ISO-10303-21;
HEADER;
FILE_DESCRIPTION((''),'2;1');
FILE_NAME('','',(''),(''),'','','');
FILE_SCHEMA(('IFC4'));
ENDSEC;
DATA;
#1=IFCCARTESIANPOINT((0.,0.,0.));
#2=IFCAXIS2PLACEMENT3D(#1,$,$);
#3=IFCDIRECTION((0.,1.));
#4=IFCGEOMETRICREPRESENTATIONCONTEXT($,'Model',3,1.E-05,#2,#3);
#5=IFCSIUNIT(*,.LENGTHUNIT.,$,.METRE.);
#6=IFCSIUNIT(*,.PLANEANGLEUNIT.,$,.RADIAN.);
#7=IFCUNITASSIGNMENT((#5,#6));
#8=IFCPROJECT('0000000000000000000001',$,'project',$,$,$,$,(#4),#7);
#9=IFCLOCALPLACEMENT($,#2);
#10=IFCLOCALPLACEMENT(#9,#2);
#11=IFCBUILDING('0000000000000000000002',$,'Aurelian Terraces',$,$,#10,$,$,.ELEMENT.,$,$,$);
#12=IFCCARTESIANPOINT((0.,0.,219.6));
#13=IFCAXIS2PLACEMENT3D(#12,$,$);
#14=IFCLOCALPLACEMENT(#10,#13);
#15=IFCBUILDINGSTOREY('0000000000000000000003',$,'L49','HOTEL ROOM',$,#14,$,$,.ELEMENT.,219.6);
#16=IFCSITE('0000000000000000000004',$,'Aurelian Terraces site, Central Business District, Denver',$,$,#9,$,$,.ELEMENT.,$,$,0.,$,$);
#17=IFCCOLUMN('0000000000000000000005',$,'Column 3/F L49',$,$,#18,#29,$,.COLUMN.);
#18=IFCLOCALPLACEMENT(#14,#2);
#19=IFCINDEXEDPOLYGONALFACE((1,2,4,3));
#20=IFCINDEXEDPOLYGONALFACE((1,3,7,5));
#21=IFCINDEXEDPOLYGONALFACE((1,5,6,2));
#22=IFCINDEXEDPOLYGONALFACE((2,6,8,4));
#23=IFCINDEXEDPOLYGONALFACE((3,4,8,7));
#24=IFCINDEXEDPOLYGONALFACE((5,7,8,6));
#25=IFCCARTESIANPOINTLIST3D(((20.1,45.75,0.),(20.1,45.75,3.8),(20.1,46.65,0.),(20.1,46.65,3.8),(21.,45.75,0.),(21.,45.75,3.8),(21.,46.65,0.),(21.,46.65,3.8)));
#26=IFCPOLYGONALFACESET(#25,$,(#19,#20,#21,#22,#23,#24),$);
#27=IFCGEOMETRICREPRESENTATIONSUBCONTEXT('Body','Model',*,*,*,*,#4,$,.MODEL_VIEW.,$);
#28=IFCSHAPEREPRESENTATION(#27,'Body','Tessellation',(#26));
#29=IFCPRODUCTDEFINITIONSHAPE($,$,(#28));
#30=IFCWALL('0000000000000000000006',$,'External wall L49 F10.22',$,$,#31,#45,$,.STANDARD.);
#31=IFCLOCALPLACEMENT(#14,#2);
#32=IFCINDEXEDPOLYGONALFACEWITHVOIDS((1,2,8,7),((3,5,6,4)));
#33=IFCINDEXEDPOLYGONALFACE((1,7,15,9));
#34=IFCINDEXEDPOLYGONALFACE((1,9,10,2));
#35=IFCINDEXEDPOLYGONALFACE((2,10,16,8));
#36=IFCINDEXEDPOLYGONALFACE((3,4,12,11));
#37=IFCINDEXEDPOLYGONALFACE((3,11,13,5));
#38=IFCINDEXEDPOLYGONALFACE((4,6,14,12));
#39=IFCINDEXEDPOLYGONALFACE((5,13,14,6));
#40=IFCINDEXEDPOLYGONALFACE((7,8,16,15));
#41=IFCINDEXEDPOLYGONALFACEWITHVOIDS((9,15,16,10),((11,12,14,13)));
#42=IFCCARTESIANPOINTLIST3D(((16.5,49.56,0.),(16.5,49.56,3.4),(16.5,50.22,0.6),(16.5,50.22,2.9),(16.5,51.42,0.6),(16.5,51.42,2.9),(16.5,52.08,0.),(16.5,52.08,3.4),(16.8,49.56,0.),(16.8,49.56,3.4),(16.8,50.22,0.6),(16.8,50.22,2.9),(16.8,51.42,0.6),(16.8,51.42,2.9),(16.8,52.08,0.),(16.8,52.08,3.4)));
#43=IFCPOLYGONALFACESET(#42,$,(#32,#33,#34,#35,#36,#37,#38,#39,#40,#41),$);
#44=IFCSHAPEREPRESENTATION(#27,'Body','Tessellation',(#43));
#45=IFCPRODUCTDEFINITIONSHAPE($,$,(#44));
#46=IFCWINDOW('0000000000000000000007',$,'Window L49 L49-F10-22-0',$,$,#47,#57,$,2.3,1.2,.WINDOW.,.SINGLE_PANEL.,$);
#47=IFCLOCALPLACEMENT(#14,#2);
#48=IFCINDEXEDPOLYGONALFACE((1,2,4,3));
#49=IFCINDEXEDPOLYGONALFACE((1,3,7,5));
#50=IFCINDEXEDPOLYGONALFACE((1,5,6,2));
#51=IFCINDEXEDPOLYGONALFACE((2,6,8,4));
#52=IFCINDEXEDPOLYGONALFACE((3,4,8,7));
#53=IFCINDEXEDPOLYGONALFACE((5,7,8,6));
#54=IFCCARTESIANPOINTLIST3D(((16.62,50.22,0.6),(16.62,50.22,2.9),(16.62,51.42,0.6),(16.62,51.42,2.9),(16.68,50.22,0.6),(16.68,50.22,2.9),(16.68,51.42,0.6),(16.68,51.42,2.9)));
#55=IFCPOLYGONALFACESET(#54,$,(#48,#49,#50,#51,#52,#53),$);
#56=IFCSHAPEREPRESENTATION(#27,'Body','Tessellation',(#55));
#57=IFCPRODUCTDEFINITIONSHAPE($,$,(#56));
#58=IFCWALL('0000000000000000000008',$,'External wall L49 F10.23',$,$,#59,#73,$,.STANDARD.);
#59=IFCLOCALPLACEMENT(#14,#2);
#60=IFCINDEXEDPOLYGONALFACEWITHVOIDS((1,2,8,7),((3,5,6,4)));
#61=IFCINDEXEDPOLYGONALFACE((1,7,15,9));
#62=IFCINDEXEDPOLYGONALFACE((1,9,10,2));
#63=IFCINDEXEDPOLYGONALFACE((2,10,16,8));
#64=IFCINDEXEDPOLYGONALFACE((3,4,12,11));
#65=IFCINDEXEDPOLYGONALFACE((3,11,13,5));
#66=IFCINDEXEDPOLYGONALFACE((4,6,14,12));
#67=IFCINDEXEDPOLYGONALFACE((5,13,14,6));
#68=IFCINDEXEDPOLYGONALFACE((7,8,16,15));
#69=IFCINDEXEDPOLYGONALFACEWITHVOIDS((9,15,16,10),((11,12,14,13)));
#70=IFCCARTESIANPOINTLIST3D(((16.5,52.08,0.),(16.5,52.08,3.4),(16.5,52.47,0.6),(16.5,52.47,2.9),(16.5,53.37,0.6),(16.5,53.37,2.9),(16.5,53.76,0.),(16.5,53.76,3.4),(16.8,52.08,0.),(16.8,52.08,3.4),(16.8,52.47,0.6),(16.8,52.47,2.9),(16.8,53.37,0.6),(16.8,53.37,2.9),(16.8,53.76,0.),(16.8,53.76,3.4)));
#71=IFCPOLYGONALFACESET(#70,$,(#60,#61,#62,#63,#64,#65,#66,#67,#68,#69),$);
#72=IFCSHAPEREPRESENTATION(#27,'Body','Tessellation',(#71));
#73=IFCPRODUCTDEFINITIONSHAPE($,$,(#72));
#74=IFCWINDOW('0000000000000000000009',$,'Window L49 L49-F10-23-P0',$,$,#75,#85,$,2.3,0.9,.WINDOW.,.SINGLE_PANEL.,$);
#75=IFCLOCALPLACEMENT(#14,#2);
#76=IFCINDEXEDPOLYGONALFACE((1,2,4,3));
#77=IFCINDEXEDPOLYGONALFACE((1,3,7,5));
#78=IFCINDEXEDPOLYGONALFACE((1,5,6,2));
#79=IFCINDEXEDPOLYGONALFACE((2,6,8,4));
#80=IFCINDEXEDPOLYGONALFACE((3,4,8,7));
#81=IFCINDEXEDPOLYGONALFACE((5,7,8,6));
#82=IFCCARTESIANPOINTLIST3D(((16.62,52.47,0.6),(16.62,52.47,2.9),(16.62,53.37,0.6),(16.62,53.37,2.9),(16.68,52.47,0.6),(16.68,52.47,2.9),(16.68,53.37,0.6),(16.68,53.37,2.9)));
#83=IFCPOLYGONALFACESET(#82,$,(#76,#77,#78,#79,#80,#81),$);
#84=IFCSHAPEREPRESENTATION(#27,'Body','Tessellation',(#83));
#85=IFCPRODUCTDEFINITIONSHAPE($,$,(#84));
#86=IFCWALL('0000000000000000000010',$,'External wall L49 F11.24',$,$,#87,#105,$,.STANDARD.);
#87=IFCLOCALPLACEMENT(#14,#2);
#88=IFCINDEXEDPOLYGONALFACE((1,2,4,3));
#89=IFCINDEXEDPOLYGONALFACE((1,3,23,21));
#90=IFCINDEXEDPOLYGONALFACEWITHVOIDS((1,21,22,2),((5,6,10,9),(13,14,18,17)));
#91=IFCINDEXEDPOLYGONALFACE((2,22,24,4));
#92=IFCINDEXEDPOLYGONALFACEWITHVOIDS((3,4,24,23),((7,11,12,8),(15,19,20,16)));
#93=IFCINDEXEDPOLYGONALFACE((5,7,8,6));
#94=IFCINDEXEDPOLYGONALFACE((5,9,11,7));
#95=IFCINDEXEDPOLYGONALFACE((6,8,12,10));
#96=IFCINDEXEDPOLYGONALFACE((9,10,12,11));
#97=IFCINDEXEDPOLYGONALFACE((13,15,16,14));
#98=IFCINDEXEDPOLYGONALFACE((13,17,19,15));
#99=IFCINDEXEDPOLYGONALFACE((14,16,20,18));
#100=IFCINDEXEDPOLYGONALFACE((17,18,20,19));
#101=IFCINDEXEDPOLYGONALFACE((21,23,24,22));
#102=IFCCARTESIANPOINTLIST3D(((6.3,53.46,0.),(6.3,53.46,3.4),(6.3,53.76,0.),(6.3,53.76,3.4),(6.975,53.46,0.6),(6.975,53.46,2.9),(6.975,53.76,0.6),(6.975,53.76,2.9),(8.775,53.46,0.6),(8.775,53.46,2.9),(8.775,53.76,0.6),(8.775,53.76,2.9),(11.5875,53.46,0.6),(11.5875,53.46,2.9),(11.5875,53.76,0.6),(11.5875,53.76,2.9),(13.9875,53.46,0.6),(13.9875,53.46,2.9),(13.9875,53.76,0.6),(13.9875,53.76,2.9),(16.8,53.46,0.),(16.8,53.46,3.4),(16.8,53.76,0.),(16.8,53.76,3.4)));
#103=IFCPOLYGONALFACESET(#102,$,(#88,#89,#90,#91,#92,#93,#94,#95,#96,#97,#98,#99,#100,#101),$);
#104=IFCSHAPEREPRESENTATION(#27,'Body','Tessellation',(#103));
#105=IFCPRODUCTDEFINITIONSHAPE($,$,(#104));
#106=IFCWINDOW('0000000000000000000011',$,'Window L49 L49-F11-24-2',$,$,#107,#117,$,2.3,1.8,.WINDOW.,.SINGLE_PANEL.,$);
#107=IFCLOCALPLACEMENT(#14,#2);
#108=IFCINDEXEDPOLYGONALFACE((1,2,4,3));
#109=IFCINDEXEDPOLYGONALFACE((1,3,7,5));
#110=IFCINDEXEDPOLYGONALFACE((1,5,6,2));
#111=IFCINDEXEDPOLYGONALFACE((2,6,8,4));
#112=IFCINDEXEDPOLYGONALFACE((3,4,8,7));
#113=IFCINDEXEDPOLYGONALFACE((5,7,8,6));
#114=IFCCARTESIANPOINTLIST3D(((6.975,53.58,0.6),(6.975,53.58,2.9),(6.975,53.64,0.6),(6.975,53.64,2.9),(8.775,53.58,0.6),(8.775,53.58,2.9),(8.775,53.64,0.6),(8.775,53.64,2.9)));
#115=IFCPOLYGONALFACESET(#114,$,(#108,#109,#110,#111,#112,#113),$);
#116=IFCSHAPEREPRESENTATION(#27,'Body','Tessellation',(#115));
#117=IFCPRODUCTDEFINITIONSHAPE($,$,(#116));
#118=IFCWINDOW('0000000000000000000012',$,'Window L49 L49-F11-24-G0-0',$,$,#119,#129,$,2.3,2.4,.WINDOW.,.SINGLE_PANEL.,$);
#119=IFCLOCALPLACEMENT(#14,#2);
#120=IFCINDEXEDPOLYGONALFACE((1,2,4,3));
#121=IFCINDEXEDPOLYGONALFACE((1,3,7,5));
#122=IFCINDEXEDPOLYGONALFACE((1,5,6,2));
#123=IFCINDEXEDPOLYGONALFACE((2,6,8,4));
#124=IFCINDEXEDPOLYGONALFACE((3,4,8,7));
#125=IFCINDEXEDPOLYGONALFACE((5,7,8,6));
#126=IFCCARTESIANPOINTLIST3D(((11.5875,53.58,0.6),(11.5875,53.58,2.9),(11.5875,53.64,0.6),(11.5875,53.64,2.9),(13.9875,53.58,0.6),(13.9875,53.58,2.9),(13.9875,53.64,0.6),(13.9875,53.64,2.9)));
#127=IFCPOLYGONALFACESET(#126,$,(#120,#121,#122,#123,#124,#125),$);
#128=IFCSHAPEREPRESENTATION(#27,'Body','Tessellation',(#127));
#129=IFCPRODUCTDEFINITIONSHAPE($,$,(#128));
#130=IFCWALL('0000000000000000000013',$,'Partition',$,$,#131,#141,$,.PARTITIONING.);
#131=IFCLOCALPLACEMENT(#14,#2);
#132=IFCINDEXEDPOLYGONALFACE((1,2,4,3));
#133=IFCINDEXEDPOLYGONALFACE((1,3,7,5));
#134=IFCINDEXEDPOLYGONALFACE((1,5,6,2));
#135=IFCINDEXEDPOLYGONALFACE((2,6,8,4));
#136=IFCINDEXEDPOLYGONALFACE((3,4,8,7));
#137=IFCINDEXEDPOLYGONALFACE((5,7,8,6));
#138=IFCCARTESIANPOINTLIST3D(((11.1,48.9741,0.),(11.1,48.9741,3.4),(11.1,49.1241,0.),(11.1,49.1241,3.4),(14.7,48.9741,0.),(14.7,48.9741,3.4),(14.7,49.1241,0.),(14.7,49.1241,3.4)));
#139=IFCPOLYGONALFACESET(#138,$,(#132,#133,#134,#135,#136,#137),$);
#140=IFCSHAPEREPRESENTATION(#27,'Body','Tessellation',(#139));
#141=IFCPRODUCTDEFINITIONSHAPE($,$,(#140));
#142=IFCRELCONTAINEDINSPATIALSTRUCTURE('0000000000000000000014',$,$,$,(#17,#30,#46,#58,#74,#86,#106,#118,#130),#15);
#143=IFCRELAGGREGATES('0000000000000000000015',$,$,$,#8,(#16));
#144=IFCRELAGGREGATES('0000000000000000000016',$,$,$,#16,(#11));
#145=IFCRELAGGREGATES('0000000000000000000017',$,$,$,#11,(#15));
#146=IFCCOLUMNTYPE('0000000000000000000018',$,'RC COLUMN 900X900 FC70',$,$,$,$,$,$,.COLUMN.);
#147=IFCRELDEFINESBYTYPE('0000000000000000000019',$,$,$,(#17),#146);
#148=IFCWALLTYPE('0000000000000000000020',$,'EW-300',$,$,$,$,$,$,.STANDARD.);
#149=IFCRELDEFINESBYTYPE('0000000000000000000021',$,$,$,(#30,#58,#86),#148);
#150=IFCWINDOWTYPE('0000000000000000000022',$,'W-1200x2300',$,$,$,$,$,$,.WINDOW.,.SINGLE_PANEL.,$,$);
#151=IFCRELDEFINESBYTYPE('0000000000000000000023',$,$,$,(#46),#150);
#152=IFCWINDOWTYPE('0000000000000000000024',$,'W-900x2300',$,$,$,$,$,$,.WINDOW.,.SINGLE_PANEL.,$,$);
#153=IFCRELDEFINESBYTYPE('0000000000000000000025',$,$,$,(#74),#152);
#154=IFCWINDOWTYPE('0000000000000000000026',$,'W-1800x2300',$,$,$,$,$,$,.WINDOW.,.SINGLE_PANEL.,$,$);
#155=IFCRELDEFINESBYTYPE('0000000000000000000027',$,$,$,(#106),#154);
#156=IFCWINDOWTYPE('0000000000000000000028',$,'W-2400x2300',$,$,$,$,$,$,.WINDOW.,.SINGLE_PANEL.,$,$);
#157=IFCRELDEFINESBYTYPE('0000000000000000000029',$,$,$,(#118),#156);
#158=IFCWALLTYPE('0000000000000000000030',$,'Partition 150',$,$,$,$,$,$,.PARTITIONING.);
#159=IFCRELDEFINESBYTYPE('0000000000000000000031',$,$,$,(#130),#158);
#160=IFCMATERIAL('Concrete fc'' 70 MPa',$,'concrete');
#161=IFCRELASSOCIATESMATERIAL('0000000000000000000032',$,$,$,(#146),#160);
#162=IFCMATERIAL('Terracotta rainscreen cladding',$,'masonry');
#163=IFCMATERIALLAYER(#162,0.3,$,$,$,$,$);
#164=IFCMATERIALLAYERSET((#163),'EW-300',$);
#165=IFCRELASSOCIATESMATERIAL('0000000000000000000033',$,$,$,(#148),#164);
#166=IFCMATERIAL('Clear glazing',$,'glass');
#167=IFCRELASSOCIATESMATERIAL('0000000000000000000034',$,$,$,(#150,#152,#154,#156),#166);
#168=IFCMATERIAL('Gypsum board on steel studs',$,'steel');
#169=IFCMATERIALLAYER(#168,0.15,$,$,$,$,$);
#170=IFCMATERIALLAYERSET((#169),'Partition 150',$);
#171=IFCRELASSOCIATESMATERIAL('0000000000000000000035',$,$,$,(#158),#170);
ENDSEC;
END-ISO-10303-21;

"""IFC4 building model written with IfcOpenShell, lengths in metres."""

from ifc_helpers import new_model, si_unit, direction, frame, frame_2d, origin, origin_2d, place, context, subcontext, project, spatial, rectangle, extrude, source, transform, mapped, material, layer, layer_set, material_profile, profile_set, type_object, element, fill, save


model = new_model("IFC4")

# Units and contexts
model_context = context("Model", 3, precision=1e-05, world=origin(), true_north=direction((0.0, 1.0)))
body_context = subcontext(model_context, "Body", "Model", "MODEL_VIEW")
ifc_project = project(units=[si_unit("LENGTHUNIT", "METRE"), si_unit("PLANEANGLEUNIT", "RADIAN")], contexts=[model_context])

# Site, building, storey
site_placement = place(None, origin())
site = spatial("IfcSite", under=ifc_project, at=site_placement, Name="Aurelian Terraces site, Central Business District, Denver", CompositionType="ELEMENT", RefElevation=0.0)
building_placement = place(site_placement, origin())
building = spatial("IfcBuilding", under=site, at=building_placement, Name="Aurelian Terraces", CompositionType="ELEMENT")
storey_placement = place(building_placement, frame((0.0, 0.0, 219.6)))
storey = spatial("IfcBuildingStorey", under=building, at=storey_placement, Name="L49", Description="HOTEL ROOM", CompositionType="ELEMENT", Elevation=219.6)

# Column
ifc_material_1 = material(Name="Concrete fc' 70 MPa", Category="concrete")
ifc_material_profile = material_profile(ifc_material_1, rectangle(XDim=0.9, YDim=0.9, at=origin_2d()))
ifc_profile_set = profile_set([ifc_material_profile], Name="Concrete fc' 70 MPa")
column_type = type_object("IfcColumnType", Name="RC COLUMN 900X900 FC70", PredefinedType="COLUMN", material=ifc_profile_set)
shared_shape_1 = source(origin(), body_context, "Body", "SweptSolid", [
    extrude(rectangle(XDim=0.9, YDim=0.9, at=origin_2d()), origin(), (0.0, 0.0, 1.0), 3.8),
])
column_placement = place(storey_placement, frame((20.55, 46.2, 0.0), z_axis=(0.0, 0.0, 1.0), x_axis=(1.0, 0.0, 0.0)))
element("IfcColumn", 1, at=column_placement, inside=storey, type_object=column_type, Name="Column 3/F L49", PredefinedType="COLUMN", context=body_context, shape_type="MappedRepresentation", body=[
    mapped(shared_shape_1, transform((0.0, 0.0, 0.0), scale=1.0)),
])

# Walls, openings, windows
ifc_material_2 = material(Name="Terracotta rainscreen cladding", Category="masonry")
ifc_layer_1 = layer(ifc_material_2, 0.3)
ifc_layer_set_1 = layer_set([ifc_layer_1], Name="EW-300")
wall_type_1 = type_object("IfcWallType", Name="EW-300", PredefinedType="STANDARD", material=ifc_layer_set_1)
shared_shape_2 = source(origin(), body_context, "Body", "SweptSolid", [
    extrude(rectangle(XDim=2.52, YDim=0.3, at=frame_2d((1.26, 0.0))), origin(), (0.0, 0.0, 1.0), 3.4),
])
wall_1_placement = place(storey_placement, frame((16.65, 49.56, 0.0), z_axis=(0.0, 0.0, 1.0), x_axis=(0.0, 1.0, 0.0)))
wall_1 = element("IfcWall", 2, at=wall_1_placement, inside=storey, type_object=wall_type_1, Name="External wall L49 F10.22", PredefinedType="STANDARD", context=body_context, shape_type="MappedRepresentation", body=[
    mapped(shared_shape_2, transform((0.0, 0.0, 0.0), scale=1.0)),
])
shared_shape_3 = source(origin(), body_context, "Body", "SweptSolid", [
    extrude(rectangle(XDim=1.2, YDim=2.3, at=frame_2d((0.6, 1.15))), frame((0.0, 0.16, 0.0), z_axis=(0.0, -1.0, 0.0), x_axis=(1.0, 0.0, 0.0)), (0.0, 0.0, 1.0), 0.32),
])
opening_1_placement = place(wall_1_placement, frame((0.66, 0.0, 0.6)))
opening_1 = element("IfcOpeningElement", 3, at=opening_1_placement, cuts=wall_1, PredefinedType="OPENING", context=body_context, shape_type="MappedRepresentation", body=[
    mapped(shared_shape_3, transform((0.0, 0.0, 0.0), scale=1.0)),
])
ifc_material_3 = material(Name="Clear glazing", Category="glass")
window_type_1 = type_object("IfcWindowType", Name="W-1200x2300", PartitioningType="SINGLE_PANEL", PredefinedType="WINDOW", material=ifc_material_3)
shared_shape_4 = source(origin(), body_context, "Body", "SweptSolid", [
    extrude(rectangle(XDim=1.2, YDim=2.3, at=frame_2d((0.6, 1.15))), frame((0.0, 0.03, 0.0), z_axis=(0.0, -1.0, 0.0), x_axis=(1.0, 0.0, 0.0)), (0.0, 0.0, 1.0), 0.06),
])
window_1_placement = place(opening_1_placement, origin())
window_1 = element("IfcWindow", 4, at=window_1_placement, inside=storey, type_object=window_type_1, Name="Window L49 L49-F10-22-0", OverallHeight=2.3, OverallWidth=1.2, PartitioningType="SINGLE_PANEL", PredefinedType="WINDOW", context=body_context, shape_type="MappedRepresentation", body=[
    mapped(shared_shape_4, transform((0.0, 0.0, 0.0), scale=1.0)),
])
fill(opening_1, window_1)
shared_shape_5 = source(origin(), body_context, "Body", "SweptSolid", [
    extrude(rectangle(XDim=1.68, YDim=0.3, at=frame_2d((0.84, 0.0))), origin(), (0.0, 0.0, 1.0), 3.4),
])
wall_2_placement = place(storey_placement, frame((16.65, 52.08, 0.0), z_axis=(0.0, 0.0, 1.0), x_axis=(0.0, 1.0, 0.0)))
wall_2 = element("IfcWall", 5, at=wall_2_placement, inside=storey, type_object=wall_type_1, Name="External wall L49 F10.23", PredefinedType="STANDARD", context=body_context, shape_type="MappedRepresentation", body=[
    mapped(shared_shape_5, transform((0.0, 0.0, 0.0), scale=1.0)),
])
shared_shape_6 = source(origin(), body_context, "Body", "SweptSolid", [
    extrude(rectangle(XDim=0.9, YDim=2.3, at=frame_2d((0.45, 1.15))), frame((0.0, 0.16, 0.0), z_axis=(0.0, -1.0, 0.0), x_axis=(1.0, 0.0, 0.0)), (0.0, 0.0, 1.0), 0.32),
])
opening_2_placement = place(wall_2_placement, frame((0.39, 0.0, 0.6)))
opening_2 = element("IfcOpeningElement", 6, at=opening_2_placement, cuts=wall_2, PredefinedType="OPENING", context=body_context, shape_type="MappedRepresentation", body=[
    mapped(shared_shape_6, transform((0.0, 0.0, 0.0), scale=1.0)),
])
window_type_2 = type_object("IfcWindowType", Name="W-900x2300", PartitioningType="SINGLE_PANEL", PredefinedType="WINDOW", material=ifc_material_3)
shared_shape_7 = source(origin(), body_context, "Body", "SweptSolid", [
    extrude(rectangle(XDim=0.9, YDim=2.3, at=frame_2d((0.45, 1.15))), frame((0.0, 0.03, 0.0), z_axis=(0.0, -1.0, 0.0), x_axis=(1.0, 0.0, 0.0)), (0.0, 0.0, 1.0), 0.06),
])
window_2_placement = place(opening_2_placement, origin())
window_2 = element("IfcWindow", 7, at=window_2_placement, inside=storey, type_object=window_type_2, Name="Window L49 L49-F10-23-P0", OverallHeight=2.3, OverallWidth=0.9, PartitioningType="SINGLE_PANEL", PredefinedType="WINDOW", context=body_context, shape_type="MappedRepresentation", body=[
    mapped(shared_shape_7, transform((0.0, 0.0, 0.0), scale=1.0)),
])
fill(opening_2, window_2)

# Wall, openings, windows
shared_shape_8 = source(origin(), body_context, "Body", "SweptSolid", [
    extrude(rectangle(XDim=10.5, YDim=0.3, at=frame_2d((5.25, 0.0))), origin(), (0.0, 0.0, 1.0), 3.4),
])
wall_3_placement = place(storey_placement, frame((16.8, 53.61, 0.0), z_axis=(0.0, 0.0, 1.0), x_axis=(-1.0, 0.0, 0.0)))
wall_3 = element("IfcWall", 8, at=wall_3_placement, inside=storey, type_object=wall_type_1, Name="External wall L49 F11.24", PredefinedType="STANDARD", context=body_context, shape_type="MappedRepresentation", body=[
    mapped(shared_shape_8, transform((0.0, 0.0, 0.0), scale=1.0)),
])
shared_shape_9 = source(origin(), body_context, "Body", "SweptSolid", [
    extrude(rectangle(XDim=1.8, YDim=2.3, at=frame_2d((0.9, 1.15))), frame((0.0, 0.16, 0.0), z_axis=(0.0, -1.0, 0.0), x_axis=(1.0, 0.0, 0.0)), (0.0, 0.0, 1.0), 0.32),
])
opening_3_placement = place(wall_3_placement, frame((8.025, 0.0, 0.6)))
opening_3 = element("IfcOpeningElement", 9, at=opening_3_placement, cuts=wall_3, PredefinedType="OPENING", context=body_context, shape_type="MappedRepresentation", body=[
    mapped(shared_shape_9, transform((0.0, 0.0, 0.0), scale=1.0)),
])
shared_shape_10 = source(origin(), body_context, "Body", "SweptSolid", [
    extrude(rectangle(XDim=2.4, YDim=2.3, at=frame_2d((1.2, 1.15))), frame((0.0, 0.16, 0.0), z_axis=(0.0, -1.0, 0.0), x_axis=(1.0, 0.0, 0.0)), (0.0, 0.0, 1.0), 0.32),
])
opening_4_placement = place(wall_3_placement, frame((2.8125, 0.0, 0.6)))
opening_4 = element("IfcOpeningElement", 10, at=opening_4_placement, cuts=wall_3, PredefinedType="OPENING", context=body_context, shape_type="MappedRepresentation", body=[
    mapped(shared_shape_10, transform((0.0, 0.0, 0.0), scale=1.0)),
])
window_type_3 = type_object("IfcWindowType", Name="W-1800x2300", PartitioningType="SINGLE_PANEL", PredefinedType="WINDOW", material=ifc_material_3)
shared_shape_11 = source(origin(), body_context, "Body", "SweptSolid", [
    extrude(rectangle(XDim=1.8, YDim=2.3, at=frame_2d((0.9, 1.15))), frame((0.0, 0.03, 0.0), z_axis=(0.0, -1.0, 0.0), x_axis=(1.0, 0.0, 0.0)), (0.0, 0.0, 1.0), 0.06),
])
window_3_placement = place(opening_3_placement, origin())
window_3 = element("IfcWindow", 11, at=window_3_placement, inside=storey, type_object=window_type_3, Name="Window L49 L49-F11-24-2", OverallHeight=2.3, OverallWidth=1.8, PartitioningType="SINGLE_PANEL", PredefinedType="WINDOW", context=body_context, shape_type="MappedRepresentation", body=[
    mapped(shared_shape_11, transform((0.0, 0.0, 0.0), scale=1.0)),
])
fill(opening_3, window_3)
window_type_4 = type_object("IfcWindowType", Name="W-2400x2300", PartitioningType="SINGLE_PANEL", PredefinedType="WINDOW", material=ifc_material_3)
shared_shape_12 = source(origin(), body_context, "Body", "SweptSolid", [
    extrude(rectangle(XDim=2.4, YDim=2.3, at=frame_2d((1.2, 1.15))), frame((0.0, 0.03, 0.0), z_axis=(0.0, -1.0, 0.0), x_axis=(1.0, 0.0, 0.0)), (0.0, 0.0, 1.0), 0.06),
])
window_4_placement = place(opening_4_placement, origin())
window_4 = element("IfcWindow", 12, at=window_4_placement, inside=storey, type_object=window_type_4, Name="Window L49 L49-F11-24-G0-0", OverallHeight=2.3, OverallWidth=2.4, PartitioningType="SINGLE_PANEL", PredefinedType="WINDOW", context=body_context, shape_type="MappedRepresentation", body=[
    mapped(shared_shape_12, transform((0.0, 0.0, 0.0), scale=1.0)),
])
fill(opening_4, window_4)

# Wall
ifc_material_4 = material(Name="Gypsum board on steel studs", Category="steel")
ifc_layer_2 = layer(ifc_material_4, 0.15)
ifc_layer_set_2 = layer_set([ifc_layer_2], Name="Partition 150")
wall_type_2 = type_object("IfcWallType", Name="Partition 150", PredefinedType="PARTITIONING", material=ifc_layer_set_2)
shared_shape_13 = source(origin(), body_context, "Body", "SweptSolid", [
    extrude(rectangle(XDim=3.6, YDim=0.15, at=frame_2d((1.8, 0.0))), origin(), (0.0, 0.0, 1.0), 3.4),
])
wall_4_placement = place(storey_placement, frame((14.7, 49.0491, 0.0), z_axis=(0.0, 0.0, 1.0), x_axis=(-1.0, 0.0, 0.0)))
element("IfcWall", 13, at=wall_4_placement, inside=storey, type_object=wall_type_2, Name="Partition", PredefinedType="PARTITIONING", context=body_context, shape_type="MappedRepresentation", body=[
    mapped(shared_shape_13, transform((0.0, 0.0, 0.0), scale=1.0)),
])

save(model, "model.ifc")
